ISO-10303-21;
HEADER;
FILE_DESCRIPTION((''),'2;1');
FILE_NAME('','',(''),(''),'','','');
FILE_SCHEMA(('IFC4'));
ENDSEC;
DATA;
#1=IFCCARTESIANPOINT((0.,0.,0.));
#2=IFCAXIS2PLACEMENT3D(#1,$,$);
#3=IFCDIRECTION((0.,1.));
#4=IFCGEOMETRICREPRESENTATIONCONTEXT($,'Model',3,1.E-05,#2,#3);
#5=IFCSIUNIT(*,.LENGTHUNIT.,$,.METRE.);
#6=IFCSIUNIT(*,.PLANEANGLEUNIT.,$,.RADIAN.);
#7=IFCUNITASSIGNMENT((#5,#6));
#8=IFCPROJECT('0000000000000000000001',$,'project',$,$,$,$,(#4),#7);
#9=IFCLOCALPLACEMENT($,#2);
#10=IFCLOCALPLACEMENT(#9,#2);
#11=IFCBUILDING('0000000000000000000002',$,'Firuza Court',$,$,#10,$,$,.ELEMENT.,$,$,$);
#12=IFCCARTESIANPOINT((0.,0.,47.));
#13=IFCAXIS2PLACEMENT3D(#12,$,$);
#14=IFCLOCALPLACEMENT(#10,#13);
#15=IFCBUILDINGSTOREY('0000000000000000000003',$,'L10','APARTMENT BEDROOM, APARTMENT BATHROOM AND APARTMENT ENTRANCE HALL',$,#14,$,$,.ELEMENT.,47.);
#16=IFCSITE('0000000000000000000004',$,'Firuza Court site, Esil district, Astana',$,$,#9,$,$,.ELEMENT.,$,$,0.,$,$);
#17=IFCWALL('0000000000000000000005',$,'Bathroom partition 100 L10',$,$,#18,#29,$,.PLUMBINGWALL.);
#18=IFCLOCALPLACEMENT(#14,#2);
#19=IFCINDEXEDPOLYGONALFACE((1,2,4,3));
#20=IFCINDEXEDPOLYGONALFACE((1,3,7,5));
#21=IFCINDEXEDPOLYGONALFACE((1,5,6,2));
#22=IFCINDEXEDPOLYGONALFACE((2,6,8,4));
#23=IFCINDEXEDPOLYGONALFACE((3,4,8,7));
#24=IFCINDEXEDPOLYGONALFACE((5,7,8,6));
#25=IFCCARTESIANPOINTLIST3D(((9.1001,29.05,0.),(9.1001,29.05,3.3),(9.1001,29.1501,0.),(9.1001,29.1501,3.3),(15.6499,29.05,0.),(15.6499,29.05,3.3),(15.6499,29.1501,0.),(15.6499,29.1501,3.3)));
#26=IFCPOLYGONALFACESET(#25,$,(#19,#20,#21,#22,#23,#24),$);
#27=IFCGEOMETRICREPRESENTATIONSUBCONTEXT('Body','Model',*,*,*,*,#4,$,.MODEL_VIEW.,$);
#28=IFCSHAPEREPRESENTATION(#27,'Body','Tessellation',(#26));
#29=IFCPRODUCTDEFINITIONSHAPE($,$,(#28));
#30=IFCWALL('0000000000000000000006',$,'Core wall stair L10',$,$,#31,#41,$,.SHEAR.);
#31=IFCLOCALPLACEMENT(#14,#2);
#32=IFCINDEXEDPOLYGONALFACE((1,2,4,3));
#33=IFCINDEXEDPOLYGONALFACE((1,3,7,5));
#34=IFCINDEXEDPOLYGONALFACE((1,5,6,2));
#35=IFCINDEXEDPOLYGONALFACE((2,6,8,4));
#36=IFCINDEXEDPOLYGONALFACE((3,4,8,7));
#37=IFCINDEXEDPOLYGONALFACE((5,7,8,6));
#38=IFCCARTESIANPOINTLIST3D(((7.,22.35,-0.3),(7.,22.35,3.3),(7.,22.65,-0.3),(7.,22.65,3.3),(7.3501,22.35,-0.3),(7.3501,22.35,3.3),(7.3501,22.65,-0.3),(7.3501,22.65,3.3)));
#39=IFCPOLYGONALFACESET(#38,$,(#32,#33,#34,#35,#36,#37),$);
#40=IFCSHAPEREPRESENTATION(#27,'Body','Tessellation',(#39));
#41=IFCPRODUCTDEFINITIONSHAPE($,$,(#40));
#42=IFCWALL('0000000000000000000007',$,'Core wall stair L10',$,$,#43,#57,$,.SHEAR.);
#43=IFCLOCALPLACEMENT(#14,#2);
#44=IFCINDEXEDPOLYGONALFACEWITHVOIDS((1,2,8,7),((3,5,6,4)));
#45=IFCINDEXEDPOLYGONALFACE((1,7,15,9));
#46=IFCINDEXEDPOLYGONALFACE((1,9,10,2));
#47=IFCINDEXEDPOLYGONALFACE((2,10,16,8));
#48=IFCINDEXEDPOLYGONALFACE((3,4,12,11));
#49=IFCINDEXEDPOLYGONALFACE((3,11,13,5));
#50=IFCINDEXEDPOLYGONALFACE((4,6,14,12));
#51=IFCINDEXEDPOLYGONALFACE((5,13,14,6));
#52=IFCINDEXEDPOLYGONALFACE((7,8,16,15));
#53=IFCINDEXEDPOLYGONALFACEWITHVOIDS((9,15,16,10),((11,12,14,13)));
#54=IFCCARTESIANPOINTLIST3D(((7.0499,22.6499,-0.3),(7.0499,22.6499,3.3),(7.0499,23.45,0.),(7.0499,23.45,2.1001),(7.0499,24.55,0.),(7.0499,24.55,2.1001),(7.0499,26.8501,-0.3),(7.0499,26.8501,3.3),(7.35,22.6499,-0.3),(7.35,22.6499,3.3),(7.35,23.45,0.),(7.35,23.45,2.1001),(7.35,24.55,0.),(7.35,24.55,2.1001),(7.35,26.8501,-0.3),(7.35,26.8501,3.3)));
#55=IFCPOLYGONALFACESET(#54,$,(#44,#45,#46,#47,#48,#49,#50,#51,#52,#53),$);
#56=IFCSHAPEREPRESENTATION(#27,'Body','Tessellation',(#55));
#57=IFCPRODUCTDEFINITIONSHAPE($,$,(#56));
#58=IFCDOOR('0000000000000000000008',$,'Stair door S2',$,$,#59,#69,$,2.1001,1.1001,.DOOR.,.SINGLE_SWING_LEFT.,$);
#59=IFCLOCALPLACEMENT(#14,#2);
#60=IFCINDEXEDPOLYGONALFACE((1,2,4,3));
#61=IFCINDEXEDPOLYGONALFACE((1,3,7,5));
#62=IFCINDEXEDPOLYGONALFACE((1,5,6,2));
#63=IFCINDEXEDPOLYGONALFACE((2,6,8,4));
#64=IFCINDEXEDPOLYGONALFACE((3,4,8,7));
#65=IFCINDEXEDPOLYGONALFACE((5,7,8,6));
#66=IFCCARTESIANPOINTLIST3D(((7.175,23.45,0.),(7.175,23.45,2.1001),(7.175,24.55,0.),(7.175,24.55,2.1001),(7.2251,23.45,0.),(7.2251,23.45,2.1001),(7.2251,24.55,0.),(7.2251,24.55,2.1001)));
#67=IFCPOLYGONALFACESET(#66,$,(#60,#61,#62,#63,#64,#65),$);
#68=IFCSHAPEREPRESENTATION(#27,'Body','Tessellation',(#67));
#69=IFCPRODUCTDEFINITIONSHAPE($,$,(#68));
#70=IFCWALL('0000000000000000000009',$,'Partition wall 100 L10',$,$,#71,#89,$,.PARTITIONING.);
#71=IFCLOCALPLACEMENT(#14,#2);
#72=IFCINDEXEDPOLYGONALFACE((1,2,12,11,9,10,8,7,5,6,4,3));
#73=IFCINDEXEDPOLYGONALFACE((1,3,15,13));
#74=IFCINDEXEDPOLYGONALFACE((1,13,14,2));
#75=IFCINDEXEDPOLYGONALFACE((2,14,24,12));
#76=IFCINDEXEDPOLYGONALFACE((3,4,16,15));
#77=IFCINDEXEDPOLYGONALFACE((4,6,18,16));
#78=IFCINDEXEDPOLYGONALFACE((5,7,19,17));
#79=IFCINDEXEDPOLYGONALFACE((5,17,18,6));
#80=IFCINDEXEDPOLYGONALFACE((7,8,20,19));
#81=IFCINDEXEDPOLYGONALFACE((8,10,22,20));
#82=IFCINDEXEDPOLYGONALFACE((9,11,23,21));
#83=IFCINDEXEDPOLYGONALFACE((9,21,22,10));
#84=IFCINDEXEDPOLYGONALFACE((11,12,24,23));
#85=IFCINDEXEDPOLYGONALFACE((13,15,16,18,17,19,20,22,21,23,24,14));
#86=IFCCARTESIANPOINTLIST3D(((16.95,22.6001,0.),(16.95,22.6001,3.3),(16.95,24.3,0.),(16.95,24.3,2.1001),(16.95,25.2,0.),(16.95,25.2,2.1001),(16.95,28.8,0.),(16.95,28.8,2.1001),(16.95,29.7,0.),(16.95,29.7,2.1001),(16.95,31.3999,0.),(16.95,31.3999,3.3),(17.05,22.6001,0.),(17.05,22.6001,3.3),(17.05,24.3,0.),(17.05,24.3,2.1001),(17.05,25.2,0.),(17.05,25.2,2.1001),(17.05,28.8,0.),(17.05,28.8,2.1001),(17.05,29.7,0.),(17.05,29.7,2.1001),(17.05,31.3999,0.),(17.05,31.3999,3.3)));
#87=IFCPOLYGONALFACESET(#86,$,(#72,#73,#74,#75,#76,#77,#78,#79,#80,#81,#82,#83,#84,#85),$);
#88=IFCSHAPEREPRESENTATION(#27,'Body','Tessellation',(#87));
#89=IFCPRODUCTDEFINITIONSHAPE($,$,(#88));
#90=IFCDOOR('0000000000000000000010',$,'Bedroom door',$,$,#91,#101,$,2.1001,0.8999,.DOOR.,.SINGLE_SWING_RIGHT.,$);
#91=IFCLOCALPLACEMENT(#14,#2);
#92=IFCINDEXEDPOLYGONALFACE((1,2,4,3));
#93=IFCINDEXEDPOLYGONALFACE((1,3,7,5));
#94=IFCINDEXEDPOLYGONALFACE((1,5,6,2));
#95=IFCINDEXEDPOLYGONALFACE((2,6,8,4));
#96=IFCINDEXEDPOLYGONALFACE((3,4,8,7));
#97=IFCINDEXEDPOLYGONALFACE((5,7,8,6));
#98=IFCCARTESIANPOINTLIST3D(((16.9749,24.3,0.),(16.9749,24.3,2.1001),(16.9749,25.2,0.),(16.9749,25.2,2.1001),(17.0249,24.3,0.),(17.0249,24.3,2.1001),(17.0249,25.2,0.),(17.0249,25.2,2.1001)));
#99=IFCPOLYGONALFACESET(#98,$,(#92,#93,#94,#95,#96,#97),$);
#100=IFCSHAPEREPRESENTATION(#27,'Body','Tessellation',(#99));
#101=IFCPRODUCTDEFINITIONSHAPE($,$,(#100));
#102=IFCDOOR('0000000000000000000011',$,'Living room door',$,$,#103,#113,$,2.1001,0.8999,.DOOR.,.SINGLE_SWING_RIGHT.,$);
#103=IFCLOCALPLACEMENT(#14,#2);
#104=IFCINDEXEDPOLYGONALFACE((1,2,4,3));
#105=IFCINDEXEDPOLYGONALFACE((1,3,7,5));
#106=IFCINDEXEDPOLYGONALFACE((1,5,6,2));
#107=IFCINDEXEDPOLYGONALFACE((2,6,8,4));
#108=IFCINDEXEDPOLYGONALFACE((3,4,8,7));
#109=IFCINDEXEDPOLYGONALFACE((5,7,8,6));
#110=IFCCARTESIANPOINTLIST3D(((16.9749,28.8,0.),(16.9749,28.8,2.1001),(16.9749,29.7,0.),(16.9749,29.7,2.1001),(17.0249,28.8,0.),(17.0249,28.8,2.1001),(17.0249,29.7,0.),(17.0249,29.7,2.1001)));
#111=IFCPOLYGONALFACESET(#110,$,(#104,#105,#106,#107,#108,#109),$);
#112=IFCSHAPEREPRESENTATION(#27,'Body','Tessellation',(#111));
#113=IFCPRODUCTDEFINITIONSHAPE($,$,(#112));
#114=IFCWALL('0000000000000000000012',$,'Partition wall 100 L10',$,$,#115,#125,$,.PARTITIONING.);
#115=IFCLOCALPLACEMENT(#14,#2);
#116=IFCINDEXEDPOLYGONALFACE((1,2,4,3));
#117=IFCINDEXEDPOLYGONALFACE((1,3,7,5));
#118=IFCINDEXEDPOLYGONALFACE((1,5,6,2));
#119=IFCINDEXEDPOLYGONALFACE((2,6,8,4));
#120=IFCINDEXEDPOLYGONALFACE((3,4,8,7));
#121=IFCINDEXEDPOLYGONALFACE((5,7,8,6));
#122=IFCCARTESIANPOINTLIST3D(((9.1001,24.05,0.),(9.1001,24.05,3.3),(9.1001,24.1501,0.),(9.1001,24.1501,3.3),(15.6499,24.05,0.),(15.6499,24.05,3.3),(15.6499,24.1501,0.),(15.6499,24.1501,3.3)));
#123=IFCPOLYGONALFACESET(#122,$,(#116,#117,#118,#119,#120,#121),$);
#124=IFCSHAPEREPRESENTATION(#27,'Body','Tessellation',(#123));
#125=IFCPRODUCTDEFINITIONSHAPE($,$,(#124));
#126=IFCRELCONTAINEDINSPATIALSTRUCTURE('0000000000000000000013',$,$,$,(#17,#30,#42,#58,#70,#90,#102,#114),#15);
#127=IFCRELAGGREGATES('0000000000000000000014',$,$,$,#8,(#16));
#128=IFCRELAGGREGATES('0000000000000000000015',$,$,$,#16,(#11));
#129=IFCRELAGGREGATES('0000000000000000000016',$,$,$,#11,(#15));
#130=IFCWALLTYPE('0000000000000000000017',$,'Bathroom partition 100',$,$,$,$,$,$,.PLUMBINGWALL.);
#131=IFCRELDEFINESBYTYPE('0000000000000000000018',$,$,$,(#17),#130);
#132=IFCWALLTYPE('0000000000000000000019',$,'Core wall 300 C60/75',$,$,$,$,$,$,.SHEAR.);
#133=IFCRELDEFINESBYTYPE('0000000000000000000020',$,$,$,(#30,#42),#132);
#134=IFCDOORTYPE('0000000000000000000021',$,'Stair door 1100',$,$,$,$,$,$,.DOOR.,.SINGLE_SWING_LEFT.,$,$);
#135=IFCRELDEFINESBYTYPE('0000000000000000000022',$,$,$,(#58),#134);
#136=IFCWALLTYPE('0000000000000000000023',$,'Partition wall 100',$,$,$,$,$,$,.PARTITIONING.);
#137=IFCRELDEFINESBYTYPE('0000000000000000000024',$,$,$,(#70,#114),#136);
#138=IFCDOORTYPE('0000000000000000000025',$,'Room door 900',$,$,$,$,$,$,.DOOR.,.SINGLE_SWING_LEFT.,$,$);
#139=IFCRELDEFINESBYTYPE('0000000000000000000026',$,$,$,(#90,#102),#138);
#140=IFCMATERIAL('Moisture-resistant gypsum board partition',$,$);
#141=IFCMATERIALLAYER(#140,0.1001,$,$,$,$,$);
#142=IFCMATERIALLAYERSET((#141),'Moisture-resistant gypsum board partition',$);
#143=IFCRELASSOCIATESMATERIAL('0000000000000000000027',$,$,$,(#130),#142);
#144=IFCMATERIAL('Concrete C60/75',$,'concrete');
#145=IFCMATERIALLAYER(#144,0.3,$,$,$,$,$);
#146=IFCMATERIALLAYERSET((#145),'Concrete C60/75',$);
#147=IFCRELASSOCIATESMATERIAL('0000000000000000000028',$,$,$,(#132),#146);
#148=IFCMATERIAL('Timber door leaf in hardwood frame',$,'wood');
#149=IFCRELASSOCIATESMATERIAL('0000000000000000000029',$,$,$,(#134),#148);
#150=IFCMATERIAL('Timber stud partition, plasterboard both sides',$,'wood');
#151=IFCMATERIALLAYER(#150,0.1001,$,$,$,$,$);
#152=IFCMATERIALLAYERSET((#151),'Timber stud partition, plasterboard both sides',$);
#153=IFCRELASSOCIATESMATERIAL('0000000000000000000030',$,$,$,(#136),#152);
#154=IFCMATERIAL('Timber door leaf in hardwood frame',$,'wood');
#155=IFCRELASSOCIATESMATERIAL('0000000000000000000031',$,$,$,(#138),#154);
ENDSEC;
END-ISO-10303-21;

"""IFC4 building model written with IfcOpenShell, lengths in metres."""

from ifc_helpers import new_model, si_unit, direction, frame, frame_2d, origin, place, context, subcontext, project, spatial, rectangle, extrude, material, layer, layer_set, type_object, element, fill, save


model = new_model("IFC4")

# Units and contexts
model_context = context("Model", 3, precision=1e-05, world=origin(), true_north=direction((0.0, 1.0)))
body_context = subcontext(model_context, "Body", "Model", "MODEL_VIEW")
ifc_project = project(units=[si_unit("LENGTHUNIT", "METRE"), si_unit("PLANEANGLEUNIT", "RADIAN")], contexts=[model_context])

# Site, building, storey
site_placement = place(None, origin())
site = spatial("IfcSite", under=ifc_project, at=site_placement, Name="Firuza Court site, Esil district, Astana", CompositionType="ELEMENT", RefElevation=0.0)
building_placement = place(site_placement, origin())
building = spatial("IfcBuilding", under=site, at=building_placement, Name="Firuza Court", CompositionType="ELEMENT")
storey_placement = place(building_placement, frame((0.0, 0.0, 47.0)))
storey = spatial("IfcBuildingStorey", under=building, at=storey_placement, Name="L10", Description="APARTMENT BEDROOM, APARTMENT BATHROOM AND APARTMENT ENTRANCE HALL", CompositionType="ELEMENT", Elevation=47.0)

# Walls
ifc_material_1 = material(Name="Moisture-resistant gypsum board partition")
ifc_layer_1 = layer(ifc_material_1, 0.1001)
ifc_layer_set_1 = layer_set([ifc_layer_1], Name="Moisture-resistant gypsum board partition")
wall_type_1 = type_object("IfcWallType", Name="Bathroom partition 100", PredefinedType="PLUMBINGWALL", material=ifc_layer_set_1)
wall_1_placement = place(storey_placement, frame((9.1001, 29.1001, 0.0), z_axis=(0.0, 0.0, 1.0), x_axis=(1.0, 0.0, 0.0)))
element("IfcWall", 1, at=wall_1_placement, inside=storey, type_object=wall_type_1, Name="Bathroom partition 100 L10", PredefinedType="PLUMBINGWALL", context=body_context, shape_type="SweptSolid", body=[
    extrude(rectangle(XDim=6.5498, YDim=0.1001, at=frame_2d((3.2749, 0.0))), origin(), (0.0, 0.0, 1.0), 3.3),
])
ifc_material_2 = material(Name="Concrete C60/75", Category="concrete")
ifc_layer_2 = layer(ifc_material_2, 0.3)
ifc_layer_set_2 = layer_set([ifc_layer_2], Name="Concrete C60/75")
wall_type_2 = type_object("IfcWallType", Name="Core wall 300 C60/75", PredefinedType="SHEAR", material=ifc_layer_set_2)
wall_2_placement = place(storey_placement, frame((7.0, 22.5, -0.3), z_axis=(0.0, 0.0, 1.0), x_axis=(1.0, 0.0, 0.0)))
element("IfcWall", 2, at=wall_2_placement, inside=storey, type_object=wall_type_2, Name="Core wall stair L10", PredefinedType="SHEAR", context=body_context, shape_type="SweptSolid", body=[
    extrude(rectangle(XDim=0.3501, YDim=0.3, at=frame_2d((0.175, 0.0))), origin(), (0.0, 0.0, 1.0), 3.6001),
])

# Wall, opening, door
wall_3_placement = place(storey_placement, frame((7.2, 22.6499, -0.3), z_axis=(0.0, 0.0, 1.0), x_axis=(0.0, 1.0, 0.0)))
wall_3 = element("IfcWall", 3, at=wall_3_placement, inside=storey, type_object=wall_type_2, Name="Core wall stair L10", PredefinedType="SHEAR", context=body_context, shape_type="SweptSolid", body=[
    extrude(rectangle(XDim=4.2002, YDim=0.3, at=frame_2d((2.1001, 0.0))), origin(), (0.0, 0.0, 1.0), 3.6001),
])
opening_1_placement = place(wall_3_placement, frame((0.8, 0.0, 0.3)))
opening_1 = element("IfcOpeningElement", 4, at=opening_1_placement, cuts=wall_3, PredefinedType="OPENING", context=body_context, shape_type="SweptSolid", body=[
    extrude(rectangle(XDim=1.1001, YDim=2.1001, at=frame_2d((0.55, 1.05))), frame((0.0, 0.1621, 0.0), z_axis=(0.0, -1.0, 0.0), x_axis=(1.0, 0.0, 0.0)), (0.0, 0.0, 1.0), 0.324),
])
ifc_material_3 = material(Name="Timber door leaf in hardwood frame", Category="wood")
door_type_1 = type_object("IfcDoorType", Name="Stair door 1100", OperationType="SINGLE_SWING_LEFT", PredefinedType="DOOR", material=ifc_material_3)
door_1_placement = place(opening_1_placement, origin())
door_1 = element("IfcDoor", 5, at=door_1_placement, inside=storey, type_object=door_type_1, Name="Stair door S2", OperationType="SINGLE_SWING_LEFT", OverallHeight=2.1001, OverallWidth=1.1001, PredefinedType="DOOR", context=body_context, shape_type="SweptSolid", body=[
    extrude(rectangle(XDim=1.1001, YDim=2.1001, at=frame_2d((0.55, 1.05))), frame((0.0, 0.0249, 0.0), z_axis=(0.0, -1.0, 0.0), x_axis=(1.0, 0.0, 0.0)), (0.0, 0.0, 1.0), 0.05),
])
fill(opening_1, door_1)

# Wall, openings, doors
ifc_material_4 = material(Name="Timber stud partition, plasterboard both sides", Category="wood")
ifc_layer_3 = layer(ifc_material_4, 0.1001)
ifc_layer_set_3 = layer_set([ifc_layer_3], Name="Timber stud partition, plasterboard both sides")
wall_type_3 = type_object("IfcWallType", Name="Partition wall 100", PredefinedType="PARTITIONING", material=ifc_layer_set_3)
wall_4_placement = place(storey_placement, frame((17.0, 22.6001, 0.0), z_axis=(0.0, 0.0, 1.0), x_axis=(0.0, 1.0, 0.0)))
wall_4 = element("IfcWall", 6, at=wall_4_placement, inside=storey, type_object=wall_type_3, Name="Partition wall 100 L10", PredefinedType="PARTITIONING", context=body_context, shape_type="SweptSolid", body=[
    extrude(rectangle(XDim=8.7998, YDim=0.1001, at=frame_2d((4.3999, 0.0))), origin(), (0.0, 0.0, 1.0), 3.3),
])
opening_2_placement = place(wall_4_placement, frame((1.7, 0.0, 0.0)))
opening_2 = element("IfcOpeningElement", 7, at=opening_2_placement, cuts=wall_4, PredefinedType="OPENING", context=body_context, shape_type="SweptSolid", body=[
    extrude(rectangle(XDim=0.8999, YDim=2.1001, at=frame_2d((0.45, 1.05))), frame((0.0, 0.062, 0.0), z_axis=(0.0, -1.0, 0.0), x_axis=(1.0, 0.0, 0.0)), (0.0, 0.0, 1.0), 0.124),
])
opening_3_placement = place(wall_4_placement, frame((6.2, 0.0, 0.0)))
opening_3 = element("IfcOpeningElement", 8, at=opening_3_placement, cuts=wall_4, PredefinedType="OPENING", context=body_context, shape_type="SweptSolid", body=[
    extrude(rectangle(XDim=0.8999, YDim=2.1001, at=frame_2d((0.45, 1.05))), frame((0.0, 0.062, 0.0), z_axis=(0.0, -1.0, 0.0), x_axis=(1.0, 0.0, 0.0)), (0.0, 0.0, 1.0), 0.124),
])
ifc_material_5 = material(Name="Timber door leaf in hardwood frame", Category="wood")
door_type_2 = type_object("IfcDoorType", Name="Room door 900", OperationType="SINGLE_SWING_LEFT", PredefinedType="DOOR", material=ifc_material_5)
door_2_placement = place(opening_2_placement, frame((0.8999, 0.0, 0.0), z_axis=(0.0, 0.0, 1.0), x_axis=(-1.0, 0.0, 0.0)))
door_2 = element("IfcDoor", 9, at=door_2_placement, inside=storey, type_object=door_type_2, Name="Bedroom door", OperationType="SINGLE_SWING_RIGHT", OverallHeight=2.1001, OverallWidth=0.8999, PredefinedType="DOOR", context=body_context, shape_type="SweptSolid", body=[
    extrude(rectangle(XDim=0.8999, YDim=2.1001, at=frame_2d((0.45, 1.05))), frame((0.0, 0.0249, 0.0), z_axis=(0.0, -1.0, 0.0), x_axis=(1.0, 0.0, 0.0)), (0.0, 0.0, 1.0), 0.05),
])
fill(opening_2, door_2)
door_3_placement = place(opening_3_placement, frame((0.8999, 0.0, 0.0), z_axis=(0.0, 0.0, 1.0), x_axis=(-1.0, 0.0, 0.0)))
door_3 = element("IfcDoor", 10, at=door_3_placement, inside=storey, type_object=door_type_2, Name="Living room door", OperationType="SINGLE_SWING_RIGHT", OverallHeight=2.1001, OverallWidth=0.8999, PredefinedType="DOOR", context=body_context, shape_type="SweptSolid", body=[
    extrude(rectangle(XDim=0.8999, YDim=2.1001, at=frame_2d((0.45, 1.05))), frame((0.0, 0.0249, 0.0), z_axis=(0.0, -1.0, 0.0), x_axis=(1.0, 0.0, 0.0)), (0.0, 0.0, 1.0), 0.05),
])
fill(opening_3, door_3)

# Wall
wall_5_placement = place(storey_placement, frame((9.1001, 24.1001, 0.0), z_axis=(0.0, 0.0, 1.0), x_axis=(1.0, 0.0, 0.0)))
element("IfcWall", 11, at=wall_5_placement, inside=storey, type_object=wall_type_3, Name="Partition wall 100 L10", PredefinedType="PARTITIONING", context=body_context, shape_type="SweptSolid", body=[
    extrude(rectangle(XDim=6.5498, YDim=0.1001, at=frame_2d((3.2749, 0.0))), origin(), (0.0, 0.0, 1.0), 3.3),
])

save(model, "model.ifc")
